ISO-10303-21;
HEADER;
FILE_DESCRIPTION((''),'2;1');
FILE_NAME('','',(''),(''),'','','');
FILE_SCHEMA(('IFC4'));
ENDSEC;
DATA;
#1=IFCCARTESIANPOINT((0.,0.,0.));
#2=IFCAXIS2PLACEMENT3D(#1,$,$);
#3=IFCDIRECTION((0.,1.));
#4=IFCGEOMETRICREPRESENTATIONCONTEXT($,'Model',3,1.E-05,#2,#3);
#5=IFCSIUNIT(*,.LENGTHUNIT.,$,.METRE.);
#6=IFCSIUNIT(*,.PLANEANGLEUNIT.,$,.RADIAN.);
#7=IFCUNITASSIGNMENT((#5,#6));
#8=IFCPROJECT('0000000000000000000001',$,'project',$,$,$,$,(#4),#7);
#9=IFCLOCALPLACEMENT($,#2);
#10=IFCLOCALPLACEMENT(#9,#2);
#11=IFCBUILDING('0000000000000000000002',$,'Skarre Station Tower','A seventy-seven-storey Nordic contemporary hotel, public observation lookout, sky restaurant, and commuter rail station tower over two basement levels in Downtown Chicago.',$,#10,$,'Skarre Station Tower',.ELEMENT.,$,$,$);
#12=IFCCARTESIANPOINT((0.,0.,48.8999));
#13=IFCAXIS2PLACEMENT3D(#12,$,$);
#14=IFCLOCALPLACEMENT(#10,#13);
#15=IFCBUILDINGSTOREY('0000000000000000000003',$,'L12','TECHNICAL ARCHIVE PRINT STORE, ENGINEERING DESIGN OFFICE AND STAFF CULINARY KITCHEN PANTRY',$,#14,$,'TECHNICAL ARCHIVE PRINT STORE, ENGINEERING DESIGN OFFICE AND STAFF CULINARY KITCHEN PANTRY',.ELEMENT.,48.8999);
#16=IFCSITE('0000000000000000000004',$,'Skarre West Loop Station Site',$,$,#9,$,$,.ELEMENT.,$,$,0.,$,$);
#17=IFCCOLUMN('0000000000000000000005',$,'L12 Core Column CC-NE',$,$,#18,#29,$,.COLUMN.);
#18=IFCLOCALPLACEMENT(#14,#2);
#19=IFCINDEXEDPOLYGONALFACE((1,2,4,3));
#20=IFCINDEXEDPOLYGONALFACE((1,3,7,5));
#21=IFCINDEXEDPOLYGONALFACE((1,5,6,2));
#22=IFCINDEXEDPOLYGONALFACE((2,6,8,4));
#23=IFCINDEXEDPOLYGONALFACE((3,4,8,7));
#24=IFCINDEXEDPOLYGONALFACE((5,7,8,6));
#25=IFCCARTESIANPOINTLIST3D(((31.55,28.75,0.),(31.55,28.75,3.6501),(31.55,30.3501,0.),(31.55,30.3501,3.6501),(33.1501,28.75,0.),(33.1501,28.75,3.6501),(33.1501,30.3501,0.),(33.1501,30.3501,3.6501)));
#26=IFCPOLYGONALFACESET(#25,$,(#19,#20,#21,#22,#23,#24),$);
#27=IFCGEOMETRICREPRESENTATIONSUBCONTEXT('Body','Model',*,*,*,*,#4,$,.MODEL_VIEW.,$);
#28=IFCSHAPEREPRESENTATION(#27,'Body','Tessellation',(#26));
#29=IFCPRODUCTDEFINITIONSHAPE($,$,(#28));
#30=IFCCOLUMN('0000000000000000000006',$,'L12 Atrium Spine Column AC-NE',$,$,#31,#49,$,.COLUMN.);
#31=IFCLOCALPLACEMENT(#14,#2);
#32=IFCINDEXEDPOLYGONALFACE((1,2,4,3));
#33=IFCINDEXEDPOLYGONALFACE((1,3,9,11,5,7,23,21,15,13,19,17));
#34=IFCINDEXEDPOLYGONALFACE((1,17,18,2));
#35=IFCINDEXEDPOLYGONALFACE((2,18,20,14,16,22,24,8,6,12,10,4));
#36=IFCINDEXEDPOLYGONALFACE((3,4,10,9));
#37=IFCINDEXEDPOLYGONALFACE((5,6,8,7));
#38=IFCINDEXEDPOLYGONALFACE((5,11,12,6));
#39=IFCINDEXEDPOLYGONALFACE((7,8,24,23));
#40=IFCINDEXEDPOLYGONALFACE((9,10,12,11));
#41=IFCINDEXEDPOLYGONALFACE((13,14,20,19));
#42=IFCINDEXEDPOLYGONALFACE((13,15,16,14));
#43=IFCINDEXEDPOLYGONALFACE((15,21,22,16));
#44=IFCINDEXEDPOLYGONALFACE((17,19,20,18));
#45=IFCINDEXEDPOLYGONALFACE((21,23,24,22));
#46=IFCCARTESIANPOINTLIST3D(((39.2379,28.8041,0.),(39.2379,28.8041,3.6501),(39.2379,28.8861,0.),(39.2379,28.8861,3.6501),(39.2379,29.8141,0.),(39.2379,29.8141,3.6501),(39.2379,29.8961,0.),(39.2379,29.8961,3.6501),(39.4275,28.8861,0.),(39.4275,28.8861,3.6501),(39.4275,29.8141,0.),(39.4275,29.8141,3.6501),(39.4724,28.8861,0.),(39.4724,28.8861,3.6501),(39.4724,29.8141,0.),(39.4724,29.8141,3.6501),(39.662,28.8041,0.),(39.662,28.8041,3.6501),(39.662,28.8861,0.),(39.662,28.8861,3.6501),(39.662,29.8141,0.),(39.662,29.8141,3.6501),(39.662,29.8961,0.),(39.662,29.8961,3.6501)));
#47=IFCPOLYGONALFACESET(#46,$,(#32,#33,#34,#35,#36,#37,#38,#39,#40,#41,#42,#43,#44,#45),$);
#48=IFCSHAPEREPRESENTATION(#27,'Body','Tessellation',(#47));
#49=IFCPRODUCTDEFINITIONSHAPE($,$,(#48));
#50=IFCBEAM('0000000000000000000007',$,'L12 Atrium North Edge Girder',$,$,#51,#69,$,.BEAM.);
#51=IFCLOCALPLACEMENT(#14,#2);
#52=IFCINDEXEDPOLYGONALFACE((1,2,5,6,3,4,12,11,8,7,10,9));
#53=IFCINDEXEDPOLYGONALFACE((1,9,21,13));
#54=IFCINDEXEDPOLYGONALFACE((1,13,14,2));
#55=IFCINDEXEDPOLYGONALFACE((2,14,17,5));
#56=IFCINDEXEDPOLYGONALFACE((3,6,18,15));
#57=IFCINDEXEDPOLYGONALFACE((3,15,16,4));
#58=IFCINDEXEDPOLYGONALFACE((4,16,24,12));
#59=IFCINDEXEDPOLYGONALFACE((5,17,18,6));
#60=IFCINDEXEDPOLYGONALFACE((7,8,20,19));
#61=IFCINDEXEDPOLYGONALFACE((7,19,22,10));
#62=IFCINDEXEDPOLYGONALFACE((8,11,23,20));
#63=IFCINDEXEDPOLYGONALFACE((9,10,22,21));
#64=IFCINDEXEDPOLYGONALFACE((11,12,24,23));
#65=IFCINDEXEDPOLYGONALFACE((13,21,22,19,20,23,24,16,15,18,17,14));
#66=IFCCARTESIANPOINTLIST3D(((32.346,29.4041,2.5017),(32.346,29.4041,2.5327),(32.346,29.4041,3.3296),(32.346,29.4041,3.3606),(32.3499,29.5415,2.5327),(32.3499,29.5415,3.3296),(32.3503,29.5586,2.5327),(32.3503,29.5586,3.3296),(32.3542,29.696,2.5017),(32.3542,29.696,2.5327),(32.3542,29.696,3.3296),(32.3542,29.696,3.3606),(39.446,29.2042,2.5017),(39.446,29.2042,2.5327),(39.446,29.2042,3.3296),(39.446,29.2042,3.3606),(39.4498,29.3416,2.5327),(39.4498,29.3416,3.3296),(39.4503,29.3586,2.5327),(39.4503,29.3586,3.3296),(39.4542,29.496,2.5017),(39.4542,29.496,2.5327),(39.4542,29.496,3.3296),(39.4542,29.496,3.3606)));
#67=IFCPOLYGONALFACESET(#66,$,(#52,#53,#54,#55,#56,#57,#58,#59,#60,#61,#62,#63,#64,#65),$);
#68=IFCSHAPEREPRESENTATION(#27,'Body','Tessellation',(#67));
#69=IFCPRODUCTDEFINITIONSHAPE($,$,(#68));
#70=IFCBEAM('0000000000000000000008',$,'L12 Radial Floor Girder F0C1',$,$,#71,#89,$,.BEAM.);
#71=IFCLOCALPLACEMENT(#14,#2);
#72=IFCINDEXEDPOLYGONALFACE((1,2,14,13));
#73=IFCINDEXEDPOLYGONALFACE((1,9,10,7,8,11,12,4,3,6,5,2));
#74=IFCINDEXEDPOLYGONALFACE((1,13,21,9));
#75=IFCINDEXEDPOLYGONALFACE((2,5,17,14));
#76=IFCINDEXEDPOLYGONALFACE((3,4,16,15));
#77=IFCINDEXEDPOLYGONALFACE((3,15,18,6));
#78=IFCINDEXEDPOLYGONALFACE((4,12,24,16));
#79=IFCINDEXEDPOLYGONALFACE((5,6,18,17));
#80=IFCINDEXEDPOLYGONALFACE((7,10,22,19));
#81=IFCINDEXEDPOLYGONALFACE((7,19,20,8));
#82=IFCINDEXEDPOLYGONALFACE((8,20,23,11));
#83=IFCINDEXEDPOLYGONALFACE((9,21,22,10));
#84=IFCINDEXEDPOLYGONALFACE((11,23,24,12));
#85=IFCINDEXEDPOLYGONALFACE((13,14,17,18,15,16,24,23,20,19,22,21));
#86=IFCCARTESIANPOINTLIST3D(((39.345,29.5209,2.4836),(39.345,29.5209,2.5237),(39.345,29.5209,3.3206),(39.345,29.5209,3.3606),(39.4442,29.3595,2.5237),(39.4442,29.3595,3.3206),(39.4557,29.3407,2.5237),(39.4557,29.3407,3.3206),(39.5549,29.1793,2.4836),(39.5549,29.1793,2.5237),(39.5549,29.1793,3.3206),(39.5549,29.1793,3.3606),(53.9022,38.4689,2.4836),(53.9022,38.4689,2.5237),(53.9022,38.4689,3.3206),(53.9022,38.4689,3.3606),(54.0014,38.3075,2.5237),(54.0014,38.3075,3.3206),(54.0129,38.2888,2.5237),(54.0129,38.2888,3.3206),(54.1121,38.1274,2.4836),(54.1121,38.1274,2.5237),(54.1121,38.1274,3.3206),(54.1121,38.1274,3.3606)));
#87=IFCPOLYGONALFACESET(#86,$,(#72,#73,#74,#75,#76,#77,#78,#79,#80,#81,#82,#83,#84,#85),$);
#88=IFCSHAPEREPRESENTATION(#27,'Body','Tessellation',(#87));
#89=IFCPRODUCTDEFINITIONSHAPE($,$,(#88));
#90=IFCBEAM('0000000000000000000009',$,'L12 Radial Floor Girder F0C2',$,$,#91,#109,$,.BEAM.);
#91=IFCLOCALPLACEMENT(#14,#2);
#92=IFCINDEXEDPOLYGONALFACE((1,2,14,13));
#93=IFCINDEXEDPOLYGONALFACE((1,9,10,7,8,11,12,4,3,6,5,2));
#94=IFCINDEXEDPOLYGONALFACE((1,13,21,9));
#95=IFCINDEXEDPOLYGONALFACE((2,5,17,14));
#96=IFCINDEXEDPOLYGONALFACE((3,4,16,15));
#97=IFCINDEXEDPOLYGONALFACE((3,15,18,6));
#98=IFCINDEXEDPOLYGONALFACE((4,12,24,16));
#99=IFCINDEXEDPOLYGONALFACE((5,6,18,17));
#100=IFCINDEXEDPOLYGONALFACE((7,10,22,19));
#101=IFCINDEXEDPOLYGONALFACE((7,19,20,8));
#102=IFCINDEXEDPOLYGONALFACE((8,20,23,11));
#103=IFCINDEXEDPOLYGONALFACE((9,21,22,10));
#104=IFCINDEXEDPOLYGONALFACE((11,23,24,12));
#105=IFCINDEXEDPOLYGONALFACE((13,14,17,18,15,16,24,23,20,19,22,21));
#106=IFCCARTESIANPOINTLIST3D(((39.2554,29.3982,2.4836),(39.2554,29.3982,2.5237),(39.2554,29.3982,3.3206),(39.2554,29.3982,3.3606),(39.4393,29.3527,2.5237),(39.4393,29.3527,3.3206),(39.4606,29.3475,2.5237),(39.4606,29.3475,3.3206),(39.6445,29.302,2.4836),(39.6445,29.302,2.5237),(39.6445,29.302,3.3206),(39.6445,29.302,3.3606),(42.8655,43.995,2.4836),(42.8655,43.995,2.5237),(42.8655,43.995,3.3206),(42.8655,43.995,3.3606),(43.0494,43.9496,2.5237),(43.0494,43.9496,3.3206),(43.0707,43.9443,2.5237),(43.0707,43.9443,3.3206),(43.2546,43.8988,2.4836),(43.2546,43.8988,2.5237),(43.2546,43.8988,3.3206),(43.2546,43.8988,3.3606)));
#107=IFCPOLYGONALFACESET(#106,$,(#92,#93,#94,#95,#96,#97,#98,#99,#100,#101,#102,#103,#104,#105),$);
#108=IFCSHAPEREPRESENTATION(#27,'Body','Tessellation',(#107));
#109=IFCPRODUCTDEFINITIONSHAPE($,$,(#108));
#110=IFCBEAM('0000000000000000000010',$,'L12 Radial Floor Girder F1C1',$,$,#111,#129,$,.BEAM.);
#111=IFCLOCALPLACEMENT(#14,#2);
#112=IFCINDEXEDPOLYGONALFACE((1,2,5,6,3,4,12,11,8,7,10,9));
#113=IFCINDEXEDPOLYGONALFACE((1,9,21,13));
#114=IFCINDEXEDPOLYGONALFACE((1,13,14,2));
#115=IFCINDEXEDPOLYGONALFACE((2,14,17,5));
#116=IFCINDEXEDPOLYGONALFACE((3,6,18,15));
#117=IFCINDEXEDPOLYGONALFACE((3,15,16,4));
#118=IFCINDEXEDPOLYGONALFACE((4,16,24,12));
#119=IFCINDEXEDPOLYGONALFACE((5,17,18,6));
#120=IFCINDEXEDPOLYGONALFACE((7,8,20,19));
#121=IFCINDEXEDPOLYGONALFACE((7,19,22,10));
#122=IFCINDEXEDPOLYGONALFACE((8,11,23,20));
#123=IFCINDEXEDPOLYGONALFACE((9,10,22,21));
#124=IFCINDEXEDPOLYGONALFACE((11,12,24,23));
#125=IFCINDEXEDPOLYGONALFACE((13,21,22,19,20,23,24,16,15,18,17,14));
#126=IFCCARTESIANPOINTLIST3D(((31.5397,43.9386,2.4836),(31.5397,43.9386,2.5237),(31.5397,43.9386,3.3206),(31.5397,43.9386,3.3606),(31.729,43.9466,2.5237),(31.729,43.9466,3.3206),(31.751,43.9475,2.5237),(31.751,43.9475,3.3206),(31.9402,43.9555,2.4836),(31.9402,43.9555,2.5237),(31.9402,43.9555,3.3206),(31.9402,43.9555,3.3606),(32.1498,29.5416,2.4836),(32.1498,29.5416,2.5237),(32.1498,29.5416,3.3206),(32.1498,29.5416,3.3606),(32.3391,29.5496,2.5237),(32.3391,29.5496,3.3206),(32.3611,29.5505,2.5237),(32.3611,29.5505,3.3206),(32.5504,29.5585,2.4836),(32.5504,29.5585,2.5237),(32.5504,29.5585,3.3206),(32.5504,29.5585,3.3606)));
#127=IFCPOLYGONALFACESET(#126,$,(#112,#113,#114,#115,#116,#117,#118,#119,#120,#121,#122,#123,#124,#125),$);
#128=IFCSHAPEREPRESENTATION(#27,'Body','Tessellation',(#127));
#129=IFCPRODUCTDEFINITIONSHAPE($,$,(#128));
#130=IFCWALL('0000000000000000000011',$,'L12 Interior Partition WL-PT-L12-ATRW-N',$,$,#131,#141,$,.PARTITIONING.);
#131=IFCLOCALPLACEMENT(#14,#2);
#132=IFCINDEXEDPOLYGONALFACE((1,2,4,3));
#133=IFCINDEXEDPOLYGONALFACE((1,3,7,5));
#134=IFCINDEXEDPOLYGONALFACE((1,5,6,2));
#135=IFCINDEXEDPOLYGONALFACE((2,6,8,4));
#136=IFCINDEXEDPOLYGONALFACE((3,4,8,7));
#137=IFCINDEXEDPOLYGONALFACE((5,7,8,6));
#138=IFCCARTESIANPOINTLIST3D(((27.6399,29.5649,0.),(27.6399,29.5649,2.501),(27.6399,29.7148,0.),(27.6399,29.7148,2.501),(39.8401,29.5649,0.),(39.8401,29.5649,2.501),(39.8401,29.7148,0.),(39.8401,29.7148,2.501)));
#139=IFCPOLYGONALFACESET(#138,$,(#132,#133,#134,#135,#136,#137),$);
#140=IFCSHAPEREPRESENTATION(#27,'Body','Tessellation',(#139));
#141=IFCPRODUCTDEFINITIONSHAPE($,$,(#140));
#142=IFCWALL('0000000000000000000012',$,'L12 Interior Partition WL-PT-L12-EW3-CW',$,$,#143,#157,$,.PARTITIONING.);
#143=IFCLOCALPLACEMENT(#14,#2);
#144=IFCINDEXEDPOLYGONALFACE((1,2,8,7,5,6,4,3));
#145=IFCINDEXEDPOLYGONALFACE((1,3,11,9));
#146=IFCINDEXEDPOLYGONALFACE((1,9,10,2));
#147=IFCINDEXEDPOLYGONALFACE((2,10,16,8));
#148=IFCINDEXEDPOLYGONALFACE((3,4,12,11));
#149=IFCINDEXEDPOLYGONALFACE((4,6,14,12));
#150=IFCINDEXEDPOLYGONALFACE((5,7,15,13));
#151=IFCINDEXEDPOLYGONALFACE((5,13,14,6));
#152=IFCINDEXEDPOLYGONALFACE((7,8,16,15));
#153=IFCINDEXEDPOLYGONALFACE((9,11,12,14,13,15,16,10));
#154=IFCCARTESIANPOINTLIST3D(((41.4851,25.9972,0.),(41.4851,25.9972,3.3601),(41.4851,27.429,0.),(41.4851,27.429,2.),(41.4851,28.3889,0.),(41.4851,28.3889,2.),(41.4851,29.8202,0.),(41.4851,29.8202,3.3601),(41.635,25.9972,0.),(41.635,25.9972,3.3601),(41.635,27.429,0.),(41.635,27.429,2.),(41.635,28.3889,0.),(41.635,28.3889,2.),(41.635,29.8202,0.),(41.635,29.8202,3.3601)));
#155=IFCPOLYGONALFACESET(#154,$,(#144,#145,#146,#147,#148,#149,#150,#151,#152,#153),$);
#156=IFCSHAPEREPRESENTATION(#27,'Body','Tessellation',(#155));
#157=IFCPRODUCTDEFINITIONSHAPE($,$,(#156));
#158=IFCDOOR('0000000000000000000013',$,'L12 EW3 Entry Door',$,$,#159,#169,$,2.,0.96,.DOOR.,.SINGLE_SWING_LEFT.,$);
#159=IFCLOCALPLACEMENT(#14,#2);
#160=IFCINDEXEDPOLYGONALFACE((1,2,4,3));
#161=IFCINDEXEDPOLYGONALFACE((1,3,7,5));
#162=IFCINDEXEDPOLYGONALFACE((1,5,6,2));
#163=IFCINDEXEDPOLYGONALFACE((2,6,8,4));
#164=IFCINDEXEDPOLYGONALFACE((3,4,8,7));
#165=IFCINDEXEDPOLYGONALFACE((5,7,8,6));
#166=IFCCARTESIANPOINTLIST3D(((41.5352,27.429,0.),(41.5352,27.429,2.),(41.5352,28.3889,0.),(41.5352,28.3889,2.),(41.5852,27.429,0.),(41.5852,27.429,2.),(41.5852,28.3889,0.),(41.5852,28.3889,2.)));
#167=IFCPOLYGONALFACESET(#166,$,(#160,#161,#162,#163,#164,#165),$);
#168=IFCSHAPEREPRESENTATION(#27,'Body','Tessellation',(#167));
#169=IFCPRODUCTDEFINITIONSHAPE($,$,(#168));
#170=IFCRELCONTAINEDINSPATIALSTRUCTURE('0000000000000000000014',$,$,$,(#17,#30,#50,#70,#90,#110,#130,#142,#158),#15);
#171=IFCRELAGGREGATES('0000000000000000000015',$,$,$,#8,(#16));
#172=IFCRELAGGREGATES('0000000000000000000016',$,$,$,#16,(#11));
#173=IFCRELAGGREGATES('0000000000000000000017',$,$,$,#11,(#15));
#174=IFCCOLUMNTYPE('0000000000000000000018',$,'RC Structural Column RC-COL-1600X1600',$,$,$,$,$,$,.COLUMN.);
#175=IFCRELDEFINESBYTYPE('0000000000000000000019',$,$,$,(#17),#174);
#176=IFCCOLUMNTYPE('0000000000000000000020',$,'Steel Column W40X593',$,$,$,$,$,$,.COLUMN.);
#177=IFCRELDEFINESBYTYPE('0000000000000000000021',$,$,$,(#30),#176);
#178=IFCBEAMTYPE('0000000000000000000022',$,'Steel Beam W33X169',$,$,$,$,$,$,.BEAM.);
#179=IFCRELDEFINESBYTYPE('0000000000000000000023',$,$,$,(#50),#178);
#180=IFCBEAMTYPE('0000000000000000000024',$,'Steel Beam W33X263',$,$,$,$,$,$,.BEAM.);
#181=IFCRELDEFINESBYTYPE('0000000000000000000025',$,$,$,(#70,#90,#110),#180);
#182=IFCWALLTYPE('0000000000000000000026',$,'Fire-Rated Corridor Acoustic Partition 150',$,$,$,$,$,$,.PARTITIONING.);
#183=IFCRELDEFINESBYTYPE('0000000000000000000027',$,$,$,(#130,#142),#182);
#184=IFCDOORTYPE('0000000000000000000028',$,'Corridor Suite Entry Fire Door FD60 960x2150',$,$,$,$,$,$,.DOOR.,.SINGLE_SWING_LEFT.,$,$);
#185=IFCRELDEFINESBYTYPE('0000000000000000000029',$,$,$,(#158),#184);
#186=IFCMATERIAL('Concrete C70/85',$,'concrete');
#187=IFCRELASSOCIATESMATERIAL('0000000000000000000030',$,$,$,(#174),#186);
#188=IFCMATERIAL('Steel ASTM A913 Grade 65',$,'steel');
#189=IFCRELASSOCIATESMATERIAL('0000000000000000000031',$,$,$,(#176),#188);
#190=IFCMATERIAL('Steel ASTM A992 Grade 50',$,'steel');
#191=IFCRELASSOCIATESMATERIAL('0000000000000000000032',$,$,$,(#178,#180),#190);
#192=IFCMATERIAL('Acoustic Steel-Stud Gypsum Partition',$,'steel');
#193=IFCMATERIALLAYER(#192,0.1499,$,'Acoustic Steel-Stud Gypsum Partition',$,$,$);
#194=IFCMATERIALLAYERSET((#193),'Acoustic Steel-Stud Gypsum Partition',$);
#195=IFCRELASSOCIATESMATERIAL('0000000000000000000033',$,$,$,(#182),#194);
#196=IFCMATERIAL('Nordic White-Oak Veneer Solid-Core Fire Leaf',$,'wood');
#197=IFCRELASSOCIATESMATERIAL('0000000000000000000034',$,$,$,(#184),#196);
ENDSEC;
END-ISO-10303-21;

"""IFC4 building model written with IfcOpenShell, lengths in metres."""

from ifc_helpers import new_model, si_unit, direction, frame, frame_2d, origin, origin_2d, place, context, subcontext, project, spatial, rectangle, i_section, extrude, material, layer, layer_set, material_profile, profile_set, type_object, element, fill, save


model = new_model("IFC4")

# Units and contexts
model_context = context("Model", 3, precision=1e-05, world=origin(), true_north=direction((0.0, 1.0)))
body_context = subcontext(model_context, "Body", "Model", "MODEL_VIEW")
ifc_project = project(units=[si_unit("LENGTHUNIT", "METRE"), si_unit("PLANEANGLEUNIT", "RADIAN")], contexts=[model_context])

# Site, building, storey
site_placement = place(None, origin())
site = spatial("IfcSite", under=ifc_project, at=site_placement, Name="Skarre West Loop Station Site", CompositionType="ELEMENT", RefElevation=0.0)
building_placement = place(site_placement, origin())
building = spatial("IfcBuilding", under=site, at=building_placement, Name="Skarre Station Tower", Description="A seventy-seven-storey Nordic contemporary hotel, public observation lookout, sky restaurant, and commuter rail station tower over two basement levels in Downtown Chicago.", LongName="Skarre Station Tower", CompositionType="ELEMENT")
storey_placement = place(building_placement, frame((0.0, 0.0, 48.8999)))
storey = spatial("IfcBuildingStorey", under=building, at=storey_placement, Name="L12", Description="TECHNICAL ARCHIVE PRINT STORE, ENGINEERING DESIGN OFFICE AND STAFF CULINARY KITCHEN PANTRY", LongName="TECHNICAL ARCHIVE PRINT STORE, ENGINEERING DESIGN OFFICE AND STAFF CULINARY KITCHEN PANTRY", CompositionType="ELEMENT", Elevation=48.8999)

# Columns
ifc_material_1 = material(Name="Concrete C70/85", Category="concrete")
ifc_material_profile_1 = material_profile(ifc_material_1, rectangle(XDim=1.6001, YDim=1.6001, at=origin_2d()), Name="Concrete C70/85")
ifc_profile_set_1 = profile_set([ifc_material_profile_1], Name="Concrete C70/85")
column_type_1 = type_object("IfcColumnType", Name="RC Structural Column RC-COL-1600X1600", PredefinedType="COLUMN", material=ifc_profile_set_1)
column_1_placement = place(storey_placement, frame((32.3501, 29.55, 0.0), z_axis=(0.0, 0.0, 1.0), x_axis=(1.0, 0.0, 0.0)))
element("IfcColumn", 1, at=column_1_placement, inside=storey, type_object=column_type_1, Name="L12 Core Column CC-NE", PredefinedType="COLUMN", context=body_context, shape_type="SweptSolid", body=[
    extrude(rectangle(XDim=1.6001, YDim=1.6001, at=origin_2d()), origin(), (0.0, 0.0, 1.0), 3.6501),
])
ifc_material_2 = material(Name="Steel ASTM A913 Grade 65", Category="steel")
ifc_material_profile_2 = material_profile(ifc_material_2, i_section(OverallWidth=0.4241, OverallDepth=1.092, WebThickness=0.0449, FlangeThickness=0.082, at=origin_2d()), Name="Steel ASTM A913 Grade 65")
ifc_profile_set_2 = profile_set([ifc_material_profile_2], Name="Steel ASTM A913 Grade 65")
column_type_2 = type_object("IfcColumnType", Name="Steel Column W40X593", PredefinedType="COLUMN", material=ifc_profile_set_2)
column_2_placement = place(storey_placement, frame((39.45, 29.3501, 0.0), z_axis=(0.0, 0.0, 1.0), x_axis=(1.0, 0.0, 0.0)))
element("IfcColumn", 2, at=column_2_placement, inside=storey, type_object=column_type_2, Name="L12 Atrium Spine Column AC-NE", PredefinedType="COLUMN", context=body_context, shape_type="SweptSolid", body=[
    extrude(i_section(OverallWidth=0.4241, OverallDepth=1.092, WebThickness=0.0449, FlangeThickness=0.082, at=origin_2d()), origin(), (0.0, 0.0, 1.0), 3.6501),
])

# Beams
ifc_material_3 = material(Name="Steel ASTM A992 Grade 50", Category="steel")
ifc_material_profile_3 = material_profile(ifc_material_3, i_section(OverallWidth=0.292, OverallDepth=0.8589, WebThickness=0.0171, FlangeThickness=0.031, at=origin_2d()), Name="Steel ASTM A992 Grade 50")
ifc_profile_set_3 = profile_set([ifc_material_profile_3], Name="Steel ASTM A992 Grade 50")
beam_type_1 = type_object("IfcBeamType", Name="Steel Beam W33X169", PredefinedType="BEAM", material=ifc_profile_set_3)
beam_1_placement = place(storey_placement, frame((32.3501, 29.55, 2.9312), z_axis=(0.999604, -0.028152, 0.0), x_axis=(0.028152, 0.999604, 0.0)))
element("IfcBeam", 3, at=beam_1_placement, inside=storey, type_object=beam_type_1, Name="L12 Atrium North Edge Girder", PredefinedType="BEAM", context=body_context, shape_type="SweptSolid", body=[
    extrude(i_section(OverallWidth=0.292, OverallDepth=0.8589, WebThickness=0.0171, FlangeThickness=0.031, at=origin_2d()), origin(), (0.0, 0.0, 1.0), 7.1028),
])
ifc_material_profile_4 = material_profile(ifc_material_3, i_section(OverallWidth=0.4009, OverallDepth=0.877, WebThickness=0.022, FlangeThickness=0.04, at=origin_2d()), Name="Steel ASTM A992 Grade 50")
ifc_profile_set_4 = profile_set([ifc_material_profile_4], Name="Steel ASTM A992 Grade 50")
beam_type_2 = type_object("IfcBeamType", Name="Steel Beam W33X263", PredefinedType="BEAM", material=ifc_profile_set_4)
beam_2_placement = place(storey_placement, frame((39.45, 29.3501, 2.9221), z_axis=(0.851926, 0.523663, 0.0), x_axis=(-0.523663, 0.851926, 0.0)))
element("IfcBeam", 4, at=beam_2_placement, inside=storey, type_object=beam_type_2, Name="L12 Radial Floor Girder F0C1", PredefinedType="BEAM", context=body_context, shape_type="SweptSolid", body=[
    extrude(i_section(OverallWidth=0.4009, OverallDepth=0.877, WebThickness=0.022, FlangeThickness=0.04, at=origin_2d()), origin(), (0.0, 0.0, 1.0), 17.0874),
])
beam_3_placement = place(storey_placement, frame((39.45, 29.3501, 2.9221), z_axis=(0.240086, 0.970752, 0.0), x_axis=(-0.970752, 0.240086, 0.0)))
element("IfcBeam", 5, at=beam_3_placement, inside=storey, type_object=beam_type_2, Name="L12 Radial Floor Girder F0C2", PredefinedType="BEAM", context=body_context, shape_type="SweptSolid", body=[
    extrude(i_section(OverallWidth=0.4009, OverallDepth=0.877, WebThickness=0.022, FlangeThickness=0.04, at=origin_2d()), origin(), (0.0, 0.0, 1.0), 15.0366),
])
beam_4_placement = place(storey_placement, frame((32.3501, 29.55, 2.9221), z_axis=(-0.042339, 0.999103, 0.0), x_axis=(-0.999103, -0.042339, 0.0)))
element("IfcBeam", 6, at=beam_4_placement, inside=storey, type_object=beam_type_2, Name="L12 Radial Floor Girder F1C1", PredefinedType="BEAM", context=body_context, shape_type="SweptSolid", body=[
    extrude(i_section(OverallWidth=0.4009, OverallDepth=0.877, WebThickness=0.022, FlangeThickness=0.04, at=origin_2d()), origin(), (0.0, 0.0, 1.0), 14.4099),
])

# Wall
ifc_material_4 = material(Name="Acoustic Steel-Stud Gypsum Partition", Category="steel")
ifc_layer_1 = layer(ifc_material_4, 0.1499, Name="Acoustic Steel-Stud Gypsum Partition")
ifc_layer_set_1 = layer_set([ifc_layer_1], Name="Acoustic Steel-Stud Gypsum Partition")
wall_type_1 = type_object("IfcWallType", Name="Fire-Rated Corridor Acoustic Partition 150", PredefinedType="PARTITIONING", material=ifc_layer_set_1)
wall_1_placement = place(storey_placement, frame((39.8401, 29.6399, 0.0), z_axis=(0.0, 0.0, 1.0), x_axis=(-1.0, 0.0, 0.0)))
element("IfcWall", 7, at=wall_1_placement, inside=storey, type_object=wall_type_1, Name="L12 Interior Partition WL-PT-L12-ATRW-N", PredefinedType="PARTITIONING", context=body_context, shape_type="SweptSolid", body=[
    extrude(rectangle(XDim=12.2002, YDim=0.1499, at=frame_2d((6.1001, 0.0))), origin(), (0.0, 0.0, 1.0), 2.501),
])

# Wall, opening, door
wall_2_placement = place(storey_placement, frame((41.5601, 25.9971, 0.0), z_axis=(0.0, 0.0, 1.0), x_axis=(0.0, 1.0, 0.0)))
wall_2 = element("IfcWall", 8, at=wall_2_placement, inside=storey, type_object=wall_type_1, Name="L12 Interior Partition WL-PT-L12-EW3-CW", PredefinedType="PARTITIONING", context=body_context, shape_type="SweptSolid", body=[
    extrude(rectangle(XDim=3.823, YDim=0.1499, at=frame_2d((1.9116, 0.0))), origin(), (0.0, 0.0, 1.0), 3.3601),
])
opening_placement = place(wall_2_placement, frame((1.4319, 0.0, 0.0)))
opening = element("IfcOpeningElement", 9, at=opening_placement, cuts=wall_2, PredefinedType="OPENING", context=body_context, shape_type="SweptSolid", body=[
    extrude(rectangle(XDim=0.96, YDim=2.0, at=frame_2d((0.48, 1.0))), frame((0.0, 0.085, 0.0), z_axis=(0.0, -1.0, 0.0), x_axis=(1.0, 0.0, 0.0)), (0.0, 0.0, 1.0), 0.1699),
])
ifc_material_5 = material(Name="Nordic White-Oak Veneer Solid-Core Fire Leaf", Category="wood")
door_type = type_object("IfcDoorType", Name="Corridor Suite Entry Fire Door FD60 960x2150", OperationType="SINGLE_SWING_LEFT", PredefinedType="DOOR", material=ifc_material_5)
door_placement = place(opening_placement, origin())
door = element("IfcDoor", 10, at=door_placement, inside=storey, type_object=door_type, Name="L12 EW3 Entry Door", OperationType="SINGLE_SWING_LEFT", OverallHeight=2.0, OverallWidth=0.96, PredefinedType="DOOR", context=body_context, shape_type="SweptSolid", body=[
    extrude(rectangle(XDim=0.96, YDim=2.0, at=frame_2d((0.48, 1.0))), frame((0.0, 0.0249, 0.0), z_axis=(0.0, -1.0, 0.0), x_axis=(1.0, 0.0, 0.0)), (0.0, 0.0, 1.0), 0.05),
])
fill(opening, door)

save(model, "model.ifc")
